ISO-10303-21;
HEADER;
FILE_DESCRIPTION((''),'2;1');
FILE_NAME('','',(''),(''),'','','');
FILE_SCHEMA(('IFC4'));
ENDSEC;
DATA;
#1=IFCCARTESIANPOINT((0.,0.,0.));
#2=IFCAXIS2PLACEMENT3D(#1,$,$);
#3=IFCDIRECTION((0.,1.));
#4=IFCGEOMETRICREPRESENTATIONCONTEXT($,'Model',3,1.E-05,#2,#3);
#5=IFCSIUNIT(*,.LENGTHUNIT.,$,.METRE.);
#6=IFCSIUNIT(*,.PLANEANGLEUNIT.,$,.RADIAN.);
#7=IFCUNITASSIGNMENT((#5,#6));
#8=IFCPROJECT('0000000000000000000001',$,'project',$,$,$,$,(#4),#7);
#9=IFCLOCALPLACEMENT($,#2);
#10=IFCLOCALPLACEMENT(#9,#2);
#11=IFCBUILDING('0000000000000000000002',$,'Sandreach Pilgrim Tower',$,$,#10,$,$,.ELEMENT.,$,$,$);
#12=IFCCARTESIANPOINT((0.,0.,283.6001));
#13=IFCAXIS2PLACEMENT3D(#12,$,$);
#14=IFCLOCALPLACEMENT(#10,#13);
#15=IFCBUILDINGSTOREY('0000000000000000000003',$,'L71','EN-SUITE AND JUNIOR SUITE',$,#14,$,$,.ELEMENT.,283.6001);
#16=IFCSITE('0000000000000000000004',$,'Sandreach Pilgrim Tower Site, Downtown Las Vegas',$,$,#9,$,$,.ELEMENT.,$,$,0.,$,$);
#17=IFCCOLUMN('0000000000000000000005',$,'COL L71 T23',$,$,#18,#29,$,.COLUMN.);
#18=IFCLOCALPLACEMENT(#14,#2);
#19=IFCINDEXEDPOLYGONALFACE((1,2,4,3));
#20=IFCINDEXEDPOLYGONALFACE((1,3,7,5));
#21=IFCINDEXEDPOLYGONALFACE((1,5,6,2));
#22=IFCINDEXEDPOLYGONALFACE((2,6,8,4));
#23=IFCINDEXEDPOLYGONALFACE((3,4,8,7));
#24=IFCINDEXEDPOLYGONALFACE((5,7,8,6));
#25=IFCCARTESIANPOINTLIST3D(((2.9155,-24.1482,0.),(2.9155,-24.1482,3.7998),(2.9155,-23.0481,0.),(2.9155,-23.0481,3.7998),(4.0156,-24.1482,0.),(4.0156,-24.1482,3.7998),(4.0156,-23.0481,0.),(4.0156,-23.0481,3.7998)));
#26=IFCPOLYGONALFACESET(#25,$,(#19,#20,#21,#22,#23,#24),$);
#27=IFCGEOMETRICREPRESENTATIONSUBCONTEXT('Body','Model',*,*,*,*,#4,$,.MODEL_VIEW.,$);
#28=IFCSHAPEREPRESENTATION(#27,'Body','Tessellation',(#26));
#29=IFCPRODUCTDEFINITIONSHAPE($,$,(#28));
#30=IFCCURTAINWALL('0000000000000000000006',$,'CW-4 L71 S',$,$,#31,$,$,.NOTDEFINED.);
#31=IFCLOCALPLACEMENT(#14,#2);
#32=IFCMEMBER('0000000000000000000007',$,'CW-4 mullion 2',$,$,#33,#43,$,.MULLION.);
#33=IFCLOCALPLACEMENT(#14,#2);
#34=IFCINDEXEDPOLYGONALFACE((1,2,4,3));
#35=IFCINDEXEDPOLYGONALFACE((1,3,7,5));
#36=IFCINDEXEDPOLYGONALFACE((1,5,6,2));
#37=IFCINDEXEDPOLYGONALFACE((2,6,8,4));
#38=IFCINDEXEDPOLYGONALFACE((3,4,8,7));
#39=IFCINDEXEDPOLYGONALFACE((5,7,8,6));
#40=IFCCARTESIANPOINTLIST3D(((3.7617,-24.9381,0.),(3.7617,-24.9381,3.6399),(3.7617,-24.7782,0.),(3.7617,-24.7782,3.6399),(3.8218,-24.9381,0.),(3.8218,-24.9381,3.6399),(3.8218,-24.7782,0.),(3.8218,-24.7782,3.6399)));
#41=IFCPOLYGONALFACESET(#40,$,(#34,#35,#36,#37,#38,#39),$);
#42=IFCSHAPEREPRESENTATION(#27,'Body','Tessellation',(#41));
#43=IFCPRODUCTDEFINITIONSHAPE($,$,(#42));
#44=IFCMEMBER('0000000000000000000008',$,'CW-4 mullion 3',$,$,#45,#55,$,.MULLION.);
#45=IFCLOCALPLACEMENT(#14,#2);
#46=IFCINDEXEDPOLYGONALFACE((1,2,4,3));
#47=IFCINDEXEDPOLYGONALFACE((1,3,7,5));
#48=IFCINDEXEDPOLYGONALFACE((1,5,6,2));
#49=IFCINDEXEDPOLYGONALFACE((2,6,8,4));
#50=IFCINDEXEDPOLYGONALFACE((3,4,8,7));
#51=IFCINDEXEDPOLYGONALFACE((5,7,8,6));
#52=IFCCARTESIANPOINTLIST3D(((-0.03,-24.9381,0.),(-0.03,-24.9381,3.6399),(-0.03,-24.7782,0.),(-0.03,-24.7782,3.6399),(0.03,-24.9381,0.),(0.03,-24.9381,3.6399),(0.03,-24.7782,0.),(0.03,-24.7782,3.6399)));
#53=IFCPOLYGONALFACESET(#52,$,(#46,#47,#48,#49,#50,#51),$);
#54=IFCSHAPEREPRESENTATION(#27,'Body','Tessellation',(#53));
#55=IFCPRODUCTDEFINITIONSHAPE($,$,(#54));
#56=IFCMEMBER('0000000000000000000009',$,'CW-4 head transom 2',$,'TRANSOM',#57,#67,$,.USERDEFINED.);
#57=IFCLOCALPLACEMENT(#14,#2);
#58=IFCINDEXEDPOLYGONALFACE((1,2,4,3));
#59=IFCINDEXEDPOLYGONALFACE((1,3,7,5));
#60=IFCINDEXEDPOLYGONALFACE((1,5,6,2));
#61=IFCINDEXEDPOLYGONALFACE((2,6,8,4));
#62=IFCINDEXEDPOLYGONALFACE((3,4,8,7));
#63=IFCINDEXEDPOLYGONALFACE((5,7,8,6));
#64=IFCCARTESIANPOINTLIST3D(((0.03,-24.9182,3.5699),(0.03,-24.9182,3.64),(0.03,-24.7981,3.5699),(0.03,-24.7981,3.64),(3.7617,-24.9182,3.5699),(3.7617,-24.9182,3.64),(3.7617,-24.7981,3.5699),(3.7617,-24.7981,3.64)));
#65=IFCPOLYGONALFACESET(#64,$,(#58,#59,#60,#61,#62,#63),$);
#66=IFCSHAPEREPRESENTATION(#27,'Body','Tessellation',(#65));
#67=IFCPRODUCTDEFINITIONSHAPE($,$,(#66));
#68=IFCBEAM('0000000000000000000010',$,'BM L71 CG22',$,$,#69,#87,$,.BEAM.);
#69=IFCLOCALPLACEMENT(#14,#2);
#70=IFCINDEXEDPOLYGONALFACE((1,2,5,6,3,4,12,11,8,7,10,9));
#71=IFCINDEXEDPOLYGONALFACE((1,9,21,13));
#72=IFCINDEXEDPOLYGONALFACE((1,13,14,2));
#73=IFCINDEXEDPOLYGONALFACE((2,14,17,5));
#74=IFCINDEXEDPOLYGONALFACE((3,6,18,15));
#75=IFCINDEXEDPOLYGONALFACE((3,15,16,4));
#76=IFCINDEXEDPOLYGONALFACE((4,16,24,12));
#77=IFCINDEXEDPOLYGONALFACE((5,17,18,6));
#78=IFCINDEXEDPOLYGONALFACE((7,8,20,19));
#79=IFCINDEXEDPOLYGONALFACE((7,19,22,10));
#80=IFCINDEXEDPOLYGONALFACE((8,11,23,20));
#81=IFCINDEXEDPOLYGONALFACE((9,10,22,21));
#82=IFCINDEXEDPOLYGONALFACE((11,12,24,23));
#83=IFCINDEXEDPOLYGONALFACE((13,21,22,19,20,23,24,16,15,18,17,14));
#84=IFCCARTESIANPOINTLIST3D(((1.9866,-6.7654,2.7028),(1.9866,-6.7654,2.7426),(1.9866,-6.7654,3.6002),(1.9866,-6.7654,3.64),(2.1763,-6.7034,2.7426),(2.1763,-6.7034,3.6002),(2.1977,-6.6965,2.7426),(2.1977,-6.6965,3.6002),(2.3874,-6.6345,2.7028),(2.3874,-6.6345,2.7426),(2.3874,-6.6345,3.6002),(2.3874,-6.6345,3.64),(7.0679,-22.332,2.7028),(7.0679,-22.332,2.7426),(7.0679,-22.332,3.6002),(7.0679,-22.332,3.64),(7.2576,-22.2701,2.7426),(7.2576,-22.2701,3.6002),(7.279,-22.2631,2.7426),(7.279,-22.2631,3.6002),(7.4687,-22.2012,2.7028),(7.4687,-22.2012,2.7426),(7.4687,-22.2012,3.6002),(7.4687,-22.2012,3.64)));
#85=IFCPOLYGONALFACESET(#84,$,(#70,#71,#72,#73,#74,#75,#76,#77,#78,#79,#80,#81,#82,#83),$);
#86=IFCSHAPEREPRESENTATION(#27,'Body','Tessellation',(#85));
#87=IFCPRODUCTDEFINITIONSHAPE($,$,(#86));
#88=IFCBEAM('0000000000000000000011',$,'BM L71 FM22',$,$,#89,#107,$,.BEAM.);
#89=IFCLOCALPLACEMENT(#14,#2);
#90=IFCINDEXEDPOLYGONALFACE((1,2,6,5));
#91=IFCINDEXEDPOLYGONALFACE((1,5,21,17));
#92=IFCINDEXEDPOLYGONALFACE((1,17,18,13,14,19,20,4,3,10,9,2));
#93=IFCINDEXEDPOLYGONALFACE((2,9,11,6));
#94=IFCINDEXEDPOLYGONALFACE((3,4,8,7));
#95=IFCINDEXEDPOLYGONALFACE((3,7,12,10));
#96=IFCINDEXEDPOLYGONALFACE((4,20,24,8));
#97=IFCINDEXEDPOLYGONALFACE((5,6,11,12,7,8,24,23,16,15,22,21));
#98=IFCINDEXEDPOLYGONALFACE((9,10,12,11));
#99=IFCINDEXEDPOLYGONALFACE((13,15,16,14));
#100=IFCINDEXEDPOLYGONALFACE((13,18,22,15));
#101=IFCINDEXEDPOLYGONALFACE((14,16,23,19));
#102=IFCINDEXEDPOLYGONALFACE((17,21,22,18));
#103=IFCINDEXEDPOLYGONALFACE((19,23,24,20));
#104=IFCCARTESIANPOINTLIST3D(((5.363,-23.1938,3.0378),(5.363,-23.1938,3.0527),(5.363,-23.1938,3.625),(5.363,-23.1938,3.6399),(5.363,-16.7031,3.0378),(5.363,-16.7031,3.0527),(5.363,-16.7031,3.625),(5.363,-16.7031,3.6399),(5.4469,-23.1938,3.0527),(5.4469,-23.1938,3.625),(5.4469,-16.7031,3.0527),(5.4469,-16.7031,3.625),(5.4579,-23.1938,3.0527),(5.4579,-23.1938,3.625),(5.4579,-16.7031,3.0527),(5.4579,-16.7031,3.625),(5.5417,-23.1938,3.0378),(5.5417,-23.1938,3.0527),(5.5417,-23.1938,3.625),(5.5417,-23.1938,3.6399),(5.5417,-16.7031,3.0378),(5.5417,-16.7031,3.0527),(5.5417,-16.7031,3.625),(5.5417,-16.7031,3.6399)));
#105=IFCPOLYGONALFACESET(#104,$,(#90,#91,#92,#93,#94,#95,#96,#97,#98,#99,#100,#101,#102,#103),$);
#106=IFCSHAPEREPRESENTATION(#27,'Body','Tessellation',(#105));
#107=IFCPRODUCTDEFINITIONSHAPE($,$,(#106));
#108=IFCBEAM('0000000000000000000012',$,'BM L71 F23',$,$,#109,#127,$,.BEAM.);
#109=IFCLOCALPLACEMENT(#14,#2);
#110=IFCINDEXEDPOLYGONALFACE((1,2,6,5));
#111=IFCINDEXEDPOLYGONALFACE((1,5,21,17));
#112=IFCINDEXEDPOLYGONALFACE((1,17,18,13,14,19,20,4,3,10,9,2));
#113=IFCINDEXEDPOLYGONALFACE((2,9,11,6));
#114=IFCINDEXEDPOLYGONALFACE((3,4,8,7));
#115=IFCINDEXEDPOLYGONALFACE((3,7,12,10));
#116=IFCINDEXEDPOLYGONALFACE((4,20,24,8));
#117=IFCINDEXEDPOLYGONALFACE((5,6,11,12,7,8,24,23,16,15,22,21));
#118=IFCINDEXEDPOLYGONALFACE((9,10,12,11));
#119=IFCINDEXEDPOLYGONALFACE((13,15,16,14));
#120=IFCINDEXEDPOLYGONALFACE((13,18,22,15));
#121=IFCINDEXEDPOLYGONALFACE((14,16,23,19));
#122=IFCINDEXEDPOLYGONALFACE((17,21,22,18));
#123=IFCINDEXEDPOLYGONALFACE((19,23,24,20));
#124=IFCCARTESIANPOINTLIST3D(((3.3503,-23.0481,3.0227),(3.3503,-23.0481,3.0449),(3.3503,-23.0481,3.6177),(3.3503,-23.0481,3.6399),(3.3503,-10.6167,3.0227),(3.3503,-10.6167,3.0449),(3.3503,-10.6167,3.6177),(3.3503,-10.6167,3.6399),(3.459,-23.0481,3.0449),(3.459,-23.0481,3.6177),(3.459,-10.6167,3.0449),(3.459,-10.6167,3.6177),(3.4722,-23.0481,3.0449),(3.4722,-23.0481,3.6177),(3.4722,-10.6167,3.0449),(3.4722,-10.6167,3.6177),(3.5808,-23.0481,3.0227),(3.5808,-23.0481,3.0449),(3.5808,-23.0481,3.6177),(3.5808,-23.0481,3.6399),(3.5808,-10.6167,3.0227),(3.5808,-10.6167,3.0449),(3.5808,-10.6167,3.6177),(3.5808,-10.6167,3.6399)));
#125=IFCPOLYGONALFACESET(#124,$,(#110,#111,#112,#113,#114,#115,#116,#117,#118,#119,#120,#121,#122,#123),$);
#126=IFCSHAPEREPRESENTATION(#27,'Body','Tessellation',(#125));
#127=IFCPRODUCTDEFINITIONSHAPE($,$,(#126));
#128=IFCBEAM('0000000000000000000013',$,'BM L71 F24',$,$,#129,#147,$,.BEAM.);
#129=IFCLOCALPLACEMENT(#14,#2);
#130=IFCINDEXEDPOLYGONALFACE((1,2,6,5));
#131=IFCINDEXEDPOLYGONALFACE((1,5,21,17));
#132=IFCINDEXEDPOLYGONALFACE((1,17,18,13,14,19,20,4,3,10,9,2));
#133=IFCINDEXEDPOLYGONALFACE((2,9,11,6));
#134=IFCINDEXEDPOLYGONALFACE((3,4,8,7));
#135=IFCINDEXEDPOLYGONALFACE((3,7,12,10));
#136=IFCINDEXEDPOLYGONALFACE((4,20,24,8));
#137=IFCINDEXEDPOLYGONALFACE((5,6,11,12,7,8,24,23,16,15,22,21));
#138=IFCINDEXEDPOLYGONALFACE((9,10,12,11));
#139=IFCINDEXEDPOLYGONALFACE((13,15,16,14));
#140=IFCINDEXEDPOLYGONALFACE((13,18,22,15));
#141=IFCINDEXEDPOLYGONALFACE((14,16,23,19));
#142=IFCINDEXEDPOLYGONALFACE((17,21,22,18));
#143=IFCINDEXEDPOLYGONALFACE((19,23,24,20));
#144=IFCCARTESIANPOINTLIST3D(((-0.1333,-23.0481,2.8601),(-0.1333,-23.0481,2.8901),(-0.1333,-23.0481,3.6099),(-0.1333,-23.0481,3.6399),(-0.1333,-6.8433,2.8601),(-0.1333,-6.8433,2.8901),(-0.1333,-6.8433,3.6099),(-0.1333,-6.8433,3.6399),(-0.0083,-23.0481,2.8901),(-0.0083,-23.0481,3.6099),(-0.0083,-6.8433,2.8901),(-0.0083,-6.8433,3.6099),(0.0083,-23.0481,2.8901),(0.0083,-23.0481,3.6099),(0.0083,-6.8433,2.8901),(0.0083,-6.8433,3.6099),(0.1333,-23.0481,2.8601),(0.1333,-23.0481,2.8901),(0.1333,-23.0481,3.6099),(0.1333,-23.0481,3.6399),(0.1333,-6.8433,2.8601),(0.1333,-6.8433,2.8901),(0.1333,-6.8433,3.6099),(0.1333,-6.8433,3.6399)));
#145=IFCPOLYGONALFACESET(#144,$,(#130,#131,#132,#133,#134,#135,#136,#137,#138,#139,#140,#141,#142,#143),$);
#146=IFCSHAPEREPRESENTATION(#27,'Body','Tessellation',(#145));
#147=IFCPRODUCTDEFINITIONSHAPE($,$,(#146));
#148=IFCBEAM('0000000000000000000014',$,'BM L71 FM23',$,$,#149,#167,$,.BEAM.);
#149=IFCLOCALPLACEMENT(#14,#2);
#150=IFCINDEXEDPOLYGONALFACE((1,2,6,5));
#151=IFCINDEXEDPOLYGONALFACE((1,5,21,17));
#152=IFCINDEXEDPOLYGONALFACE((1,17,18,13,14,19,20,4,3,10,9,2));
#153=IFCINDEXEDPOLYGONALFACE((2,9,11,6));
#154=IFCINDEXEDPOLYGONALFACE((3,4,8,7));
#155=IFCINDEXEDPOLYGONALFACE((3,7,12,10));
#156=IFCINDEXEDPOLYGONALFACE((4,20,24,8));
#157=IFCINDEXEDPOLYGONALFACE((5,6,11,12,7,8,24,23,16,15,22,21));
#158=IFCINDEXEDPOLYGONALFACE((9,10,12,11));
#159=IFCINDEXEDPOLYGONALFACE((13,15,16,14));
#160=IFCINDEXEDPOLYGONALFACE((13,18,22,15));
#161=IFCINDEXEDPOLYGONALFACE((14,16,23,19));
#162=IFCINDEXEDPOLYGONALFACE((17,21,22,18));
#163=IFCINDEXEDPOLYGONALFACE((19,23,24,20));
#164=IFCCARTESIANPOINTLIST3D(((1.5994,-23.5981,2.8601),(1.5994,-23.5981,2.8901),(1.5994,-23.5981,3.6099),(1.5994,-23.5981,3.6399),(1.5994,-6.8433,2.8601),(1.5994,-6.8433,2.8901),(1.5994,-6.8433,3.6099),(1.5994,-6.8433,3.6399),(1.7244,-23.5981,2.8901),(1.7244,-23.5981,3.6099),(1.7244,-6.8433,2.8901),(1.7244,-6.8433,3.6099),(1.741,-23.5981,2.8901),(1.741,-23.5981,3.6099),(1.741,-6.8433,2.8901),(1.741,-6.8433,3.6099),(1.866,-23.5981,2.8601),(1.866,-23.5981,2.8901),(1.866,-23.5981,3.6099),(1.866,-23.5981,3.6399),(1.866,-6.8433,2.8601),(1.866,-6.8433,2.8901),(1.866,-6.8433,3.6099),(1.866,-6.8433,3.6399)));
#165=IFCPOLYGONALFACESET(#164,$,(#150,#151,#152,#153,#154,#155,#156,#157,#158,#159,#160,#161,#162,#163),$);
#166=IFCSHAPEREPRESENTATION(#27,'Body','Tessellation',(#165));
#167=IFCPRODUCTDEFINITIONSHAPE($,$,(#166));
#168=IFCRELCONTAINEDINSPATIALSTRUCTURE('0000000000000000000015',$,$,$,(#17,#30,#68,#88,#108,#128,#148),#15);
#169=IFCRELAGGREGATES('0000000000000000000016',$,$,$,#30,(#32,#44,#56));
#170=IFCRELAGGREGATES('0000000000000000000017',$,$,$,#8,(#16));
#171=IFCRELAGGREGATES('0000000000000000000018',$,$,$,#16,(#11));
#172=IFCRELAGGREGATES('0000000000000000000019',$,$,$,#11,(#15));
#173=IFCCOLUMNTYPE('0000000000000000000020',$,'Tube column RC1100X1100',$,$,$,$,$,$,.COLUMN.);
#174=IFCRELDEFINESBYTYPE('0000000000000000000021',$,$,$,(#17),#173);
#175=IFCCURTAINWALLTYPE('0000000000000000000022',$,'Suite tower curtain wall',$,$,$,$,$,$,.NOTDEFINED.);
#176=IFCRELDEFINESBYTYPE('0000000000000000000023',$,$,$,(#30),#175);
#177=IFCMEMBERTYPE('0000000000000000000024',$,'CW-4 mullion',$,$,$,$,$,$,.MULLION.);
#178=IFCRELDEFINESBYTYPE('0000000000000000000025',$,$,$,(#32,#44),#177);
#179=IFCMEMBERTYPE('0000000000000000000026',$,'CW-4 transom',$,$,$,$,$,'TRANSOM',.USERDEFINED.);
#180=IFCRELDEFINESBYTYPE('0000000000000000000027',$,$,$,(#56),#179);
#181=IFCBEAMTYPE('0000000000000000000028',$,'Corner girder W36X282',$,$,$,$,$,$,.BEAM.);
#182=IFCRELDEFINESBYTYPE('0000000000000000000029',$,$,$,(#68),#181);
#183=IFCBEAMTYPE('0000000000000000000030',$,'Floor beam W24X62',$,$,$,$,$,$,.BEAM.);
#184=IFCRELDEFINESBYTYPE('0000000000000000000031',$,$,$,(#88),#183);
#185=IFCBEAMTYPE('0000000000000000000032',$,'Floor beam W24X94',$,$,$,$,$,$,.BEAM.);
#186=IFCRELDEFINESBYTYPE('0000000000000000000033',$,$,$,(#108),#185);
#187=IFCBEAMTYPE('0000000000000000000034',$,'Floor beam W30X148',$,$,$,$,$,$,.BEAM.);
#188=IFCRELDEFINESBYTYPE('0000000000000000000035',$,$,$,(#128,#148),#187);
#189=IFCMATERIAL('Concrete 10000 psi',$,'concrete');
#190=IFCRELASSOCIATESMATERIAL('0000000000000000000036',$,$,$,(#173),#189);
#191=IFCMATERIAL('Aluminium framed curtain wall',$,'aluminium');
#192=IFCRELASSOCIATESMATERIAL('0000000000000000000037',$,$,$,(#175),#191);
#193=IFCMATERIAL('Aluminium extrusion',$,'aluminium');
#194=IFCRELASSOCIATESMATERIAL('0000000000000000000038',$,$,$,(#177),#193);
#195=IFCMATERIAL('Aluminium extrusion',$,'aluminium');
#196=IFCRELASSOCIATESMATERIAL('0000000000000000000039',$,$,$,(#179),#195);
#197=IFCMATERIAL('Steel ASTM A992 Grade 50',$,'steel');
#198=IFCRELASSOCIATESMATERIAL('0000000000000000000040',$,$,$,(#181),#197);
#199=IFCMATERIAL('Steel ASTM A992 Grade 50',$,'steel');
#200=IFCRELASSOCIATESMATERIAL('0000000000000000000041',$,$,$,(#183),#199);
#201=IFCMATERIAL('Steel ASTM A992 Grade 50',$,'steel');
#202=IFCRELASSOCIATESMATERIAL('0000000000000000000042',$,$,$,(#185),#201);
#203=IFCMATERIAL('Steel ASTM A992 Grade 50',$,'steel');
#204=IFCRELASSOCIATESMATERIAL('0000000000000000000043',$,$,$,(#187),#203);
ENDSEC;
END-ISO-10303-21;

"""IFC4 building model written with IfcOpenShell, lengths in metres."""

from ifc_helpers import new_model, si_unit, direction, frame, origin, origin_2d, place, context, subcontext, project, spatial, rectangle, i_section, extrude, material, material_profile, profile_set, type_object, element, aggregate, save


model = new_model("IFC4")

# Units and contexts
model_context = context("Model", 3, precision=1e-05, world=origin(), true_north=direction((0.0, 1.0)))
body_context = subcontext(model_context, "Body", "Model", "MODEL_VIEW")
ifc_project = project(units=[si_unit("LENGTHUNIT", "METRE"), si_unit("PLANEANGLEUNIT", "RADIAN")], contexts=[model_context])

# Site, building, storey
site_placement = place(None, origin())
site = spatial("IfcSite", under=ifc_project, at=site_placement, Name="Sandreach Pilgrim Tower Site, Downtown Las Vegas", CompositionType="ELEMENT", RefElevation=0.0)
building_placement = place(site_placement, origin())
building = spatial("IfcBuilding", under=site, at=building_placement, Name="Sandreach Pilgrim Tower", CompositionType="ELEMENT")
storey_placement = place(building_placement, frame((0.0, 0.0, 283.6001)))
storey = spatial("IfcBuildingStorey", under=building, at=storey_placement, Name="L71", Description="EN-SUITE AND JUNIOR SUITE", CompositionType="ELEMENT", Elevation=283.6001)

# Column
ifc_material_1 = material(Name="Concrete 10000 psi", Category="concrete")
ifc_material_profile_1 = material_profile(ifc_material_1, rectangle(XDim=1.1001, YDim=1.1001, at=origin_2d()), Name="RC1100X1100")
ifc_profile_set_1 = profile_set([ifc_material_profile_1], Name="Concrete 10000 psi")
column_type = type_object("IfcColumnType", Name="Tube column RC1100X1100", PredefinedType="COLUMN", material=ifc_profile_set_1)
column_placement = place(storey_placement, frame((3.4656, -23.5981, 0.0), z_axis=(0.0, 0.0, 1.0), x_axis=(0.0, -1.0, 0.0)))
element("IfcColumn", 1, at=column_placement, inside=storey, type_object=column_type, Name="COL L71 T23", PredefinedType="COLUMN", context=body_context, shape_type="SweptSolid", body=[
    extrude(rectangle(XDim=1.1001, YDim=1.1001, at=origin_2d()), origin(), (0.0, 0.0, 1.0), 3.7998),
])

# Curtain wall, members
ifc_material_2 = material(Name="Aluminium framed curtain wall", Category="aluminium")
curtain_wall_type = type_object("IfcCurtainWallType", Name="Suite tower curtain wall", PredefinedType="NOTDEFINED", material=ifc_material_2)
curtain_wall_placement = place(storey_placement, origin())
curtain_wall = element("IfcCurtainWall", 2, at=curtain_wall_placement, inside=storey, type_object=curtain_wall_type, Name="CW-4 L71 S", PredefinedType="NOTDEFINED")
ifc_material_3 = material(Name="Aluminium extrusion", Category="aluminium")
ifc_material_profile_2 = material_profile(ifc_material_3, rectangle(XDim=0.0601, YDim=0.1599, at=origin_2d()), Name="CW-4M 60X160")
ifc_profile_set_2 = profile_set([ifc_material_profile_2], Name="Aluminium extrusion")
member_type_1 = type_object("IfcMemberType", Name="CW-4 mullion", PredefinedType="MULLION", material=ifc_profile_set_2)
member_1_placement = place(storey_placement, frame((3.7917, -24.8582, 0.0), z_axis=(0.0, 0.0, 1.0), x_axis=(-1.0, 0.0, 0.0)))
member_1 = element("IfcMember", 3, at=member_1_placement, type_object=member_type_1, Name="CW-4 mullion 2", PredefinedType="MULLION", context=body_context, shape_type="SweptSolid", body=[
    extrude(rectangle(XDim=0.0601, YDim=0.1599, at=origin_2d()), origin(), (0.0, 0.0, 1.0), 3.6399),
])
member_2_placement = place(storey_placement, frame((0.0, -24.8582, 0.0), z_axis=(0.0, 0.0, 1.0), x_axis=(-1.0, 0.0, 0.0)))
member_2 = element("IfcMember", 4, at=member_2_placement, type_object=member_type_1, Name="CW-4 mullion 3", PredefinedType="MULLION", context=body_context, shape_type="SweptSolid", body=[
    extrude(rectangle(XDim=0.0601, YDim=0.1599, at=origin_2d()), origin(), (0.0, 0.0, 1.0), 3.6399),
])
ifc_material_4 = material(Name="Aluminium extrusion", Category="aluminium")
ifc_material_profile_3 = material_profile(ifc_material_4, rectangle(XDim=0.1201, YDim=0.0701, at=origin_2d()), Name="CW-4T 120X70")
ifc_profile_set_3 = profile_set([ifc_material_profile_3], Name="Aluminium extrusion")
member_type_2 = type_object("IfcMemberType", Name="CW-4 transom", ElementType="TRANSOM", PredefinedType="USERDEFINED", material=ifc_profile_set_3)
member_3_placement = place(storey_placement, frame((3.7617, -24.8582, 3.605), z_axis=(-1.0, 0.0, 0.0), x_axis=(0.0, -1.0, 0.0)))
member_3 = element("IfcMember", 5, at=member_3_placement, type_object=member_type_2, Name="CW-4 head transom 2", ObjectType="TRANSOM", PredefinedType="USERDEFINED", context=body_context, shape_type="SweptSolid", body=[
    extrude(rectangle(XDim=0.1201, YDim=0.0701, at=origin_2d()), origin(), (0.0, 0.0, 1.0), 3.7317),
])

# Beams
ifc_material_5 = material(Name="Steel ASTM A992 Grade 50", Category="steel")
ifc_material_profile_4 = material_profile(ifc_material_5, i_section(OverallWidth=0.4216, OverallDepth=0.9373, WebThickness=0.0225, FlangeThickness=0.0398, at=origin_2d()), Name="W36X282")
ifc_profile_set_4 = profile_set([ifc_material_profile_4], Name="Steel ASTM A992 Grade 50")
beam_type_1 = type_object("IfcBeamType", Name="Corner girder W36X282", PredefinedType="BEAM", material=ifc_profile_set_4)
beam_1_placement = place(storey_placement, frame((7.2683, -22.2666, 3.1714), z_axis=(-0.310309, 0.950636, 0.0), x_axis=(-0.950636, -0.310309, 0.0)))
element("IfcBeam", 6, at=beam_1_placement, inside=storey, type_object=beam_type_1, Name="BM L71 CG22", PredefinedType="BEAM", context=body_context, shape_type="SweptSolid", body=[
    extrude(i_section(OverallWidth=0.4216, OverallDepth=0.9373, WebThickness=0.0225, FlangeThickness=0.0398, at=origin_2d()), origin(), (0.0, 0.0, 1.0), 16.375),
])
ifc_material_6 = material(Name="Steel ASTM A992 Grade 50", Category="steel")
ifc_material_profile_5 = material_profile(ifc_material_6, i_section(OverallWidth=0.1787, OverallDepth=0.6021, WebThickness=0.011, FlangeThickness=0.0149, at=origin_2d()), Name="W24X62")
ifc_profile_set_5 = profile_set([ifc_material_profile_5], Name="Steel ASTM A992 Grade 50")
beam_type_2 = type_object("IfcBeamType", Name="Floor beam W24X62", PredefinedType="BEAM", material=ifc_profile_set_5)
beam_2_placement = place(storey_placement, frame((5.4524, -23.1938, 3.3389), z_axis=(0.0, 1.0, 0.0), x_axis=(-1.0, 0.0, 0.0)))
element("IfcBeam", 7, at=beam_2_placement, inside=storey, type_object=beam_type_2, Name="BM L71 FM22", PredefinedType="BEAM", context=body_context, shape_type="SweptSolid", body=[
    extrude(i_section(OverallWidth=0.1787, OverallDepth=0.6021, WebThickness=0.011, FlangeThickness=0.0149, at=origin_2d()), origin(), (0.0, 0.0, 1.0), 6.4907),
])
ifc_material_7 = material(Name="Steel ASTM A992 Grade 50", Category="steel")
ifc_material_profile_6 = material_profile(ifc_material_7, i_section(OverallWidth=0.2305, OverallDepth=0.6172, WebThickness=0.0132, FlangeThickness=0.0222, at=origin_2d()), Name="W24X94")
ifc_profile_set_6 = profile_set([ifc_material_profile_6], Name="Steel ASTM A992 Grade 50")
beam_type_3 = type_object("IfcBeamType", Name="Floor beam W24X94", PredefinedType="BEAM", material=ifc_profile_set_6)
beam_3_placement = place(storey_placement, frame((3.4656, -23.0481, 3.3313), z_axis=(0.0, 1.0, 0.0), x_axis=(-1.0, 0.0, 0.0)))
element("IfcBeam", 8, at=beam_3_placement, inside=storey, type_object=beam_type_3, Name="BM L71 F23", PredefinedType="BEAM", context=body_context, shape_type="SweptSolid", body=[
    extrude(i_section(OverallWidth=0.2305, OverallDepth=0.6172, WebThickness=0.0132, FlangeThickness=0.0222, at=origin_2d()), origin(), (0.0, 0.0, 1.0), 12.4314),
])
ifc_material_8 = material(Name="Steel ASTM A992 Grade 50", Category="steel")
ifc_material_profile_7 = material_profile(ifc_material_8, i_section(OverallWidth=0.2666, OverallDepth=0.7798, WebThickness=0.0166, FlangeThickness=0.03, at=origin_2d()), Name="W30X148")
ifc_profile_set_7 = profile_set([ifc_material_profile_7], Name="Steel ASTM A992 Grade 50")
beam_type_4 = type_object("IfcBeamType", Name="Floor beam W30X148", PredefinedType="BEAM", material=ifc_profile_set_7)
beam_4_placement = place(storey_placement, frame((0.0, -23.0481, 3.25), z_axis=(0.0, 1.0, 0.0), x_axis=(-1.0, 0.0, 0.0)))
element("IfcBeam", 9, at=beam_4_placement, inside=storey, type_object=beam_type_4, Name="BM L71 F24", PredefinedType="BEAM", context=body_context, shape_type="SweptSolid", body=[
    extrude(i_section(OverallWidth=0.2666, OverallDepth=0.7798, WebThickness=0.0166, FlangeThickness=0.03, at=origin_2d()), origin(), (0.0, 0.0, 1.0), 16.2048),
])
beam_5_placement = place(storey_placement, frame((1.7327, -23.5981, 3.25), z_axis=(0.0, 1.0, 0.0), x_axis=(-1.0, 0.0, 0.0)))
element("IfcBeam", 10, at=beam_5_placement, inside=storey, type_object=beam_type_4, Name="BM L71 FM23", PredefinedType="BEAM", context=body_context, shape_type="SweptSolid", body=[
    extrude(i_section(OverallWidth=0.2666, OverallDepth=0.7798, WebThickness=0.0166, FlangeThickness=0.03, at=origin_2d()), origin(), (0.0, 0.0, 1.0), 16.7549),
])

aggregate(curtain_wall, [member_1, member_2, member_3])

save(model, "model.ifc")
